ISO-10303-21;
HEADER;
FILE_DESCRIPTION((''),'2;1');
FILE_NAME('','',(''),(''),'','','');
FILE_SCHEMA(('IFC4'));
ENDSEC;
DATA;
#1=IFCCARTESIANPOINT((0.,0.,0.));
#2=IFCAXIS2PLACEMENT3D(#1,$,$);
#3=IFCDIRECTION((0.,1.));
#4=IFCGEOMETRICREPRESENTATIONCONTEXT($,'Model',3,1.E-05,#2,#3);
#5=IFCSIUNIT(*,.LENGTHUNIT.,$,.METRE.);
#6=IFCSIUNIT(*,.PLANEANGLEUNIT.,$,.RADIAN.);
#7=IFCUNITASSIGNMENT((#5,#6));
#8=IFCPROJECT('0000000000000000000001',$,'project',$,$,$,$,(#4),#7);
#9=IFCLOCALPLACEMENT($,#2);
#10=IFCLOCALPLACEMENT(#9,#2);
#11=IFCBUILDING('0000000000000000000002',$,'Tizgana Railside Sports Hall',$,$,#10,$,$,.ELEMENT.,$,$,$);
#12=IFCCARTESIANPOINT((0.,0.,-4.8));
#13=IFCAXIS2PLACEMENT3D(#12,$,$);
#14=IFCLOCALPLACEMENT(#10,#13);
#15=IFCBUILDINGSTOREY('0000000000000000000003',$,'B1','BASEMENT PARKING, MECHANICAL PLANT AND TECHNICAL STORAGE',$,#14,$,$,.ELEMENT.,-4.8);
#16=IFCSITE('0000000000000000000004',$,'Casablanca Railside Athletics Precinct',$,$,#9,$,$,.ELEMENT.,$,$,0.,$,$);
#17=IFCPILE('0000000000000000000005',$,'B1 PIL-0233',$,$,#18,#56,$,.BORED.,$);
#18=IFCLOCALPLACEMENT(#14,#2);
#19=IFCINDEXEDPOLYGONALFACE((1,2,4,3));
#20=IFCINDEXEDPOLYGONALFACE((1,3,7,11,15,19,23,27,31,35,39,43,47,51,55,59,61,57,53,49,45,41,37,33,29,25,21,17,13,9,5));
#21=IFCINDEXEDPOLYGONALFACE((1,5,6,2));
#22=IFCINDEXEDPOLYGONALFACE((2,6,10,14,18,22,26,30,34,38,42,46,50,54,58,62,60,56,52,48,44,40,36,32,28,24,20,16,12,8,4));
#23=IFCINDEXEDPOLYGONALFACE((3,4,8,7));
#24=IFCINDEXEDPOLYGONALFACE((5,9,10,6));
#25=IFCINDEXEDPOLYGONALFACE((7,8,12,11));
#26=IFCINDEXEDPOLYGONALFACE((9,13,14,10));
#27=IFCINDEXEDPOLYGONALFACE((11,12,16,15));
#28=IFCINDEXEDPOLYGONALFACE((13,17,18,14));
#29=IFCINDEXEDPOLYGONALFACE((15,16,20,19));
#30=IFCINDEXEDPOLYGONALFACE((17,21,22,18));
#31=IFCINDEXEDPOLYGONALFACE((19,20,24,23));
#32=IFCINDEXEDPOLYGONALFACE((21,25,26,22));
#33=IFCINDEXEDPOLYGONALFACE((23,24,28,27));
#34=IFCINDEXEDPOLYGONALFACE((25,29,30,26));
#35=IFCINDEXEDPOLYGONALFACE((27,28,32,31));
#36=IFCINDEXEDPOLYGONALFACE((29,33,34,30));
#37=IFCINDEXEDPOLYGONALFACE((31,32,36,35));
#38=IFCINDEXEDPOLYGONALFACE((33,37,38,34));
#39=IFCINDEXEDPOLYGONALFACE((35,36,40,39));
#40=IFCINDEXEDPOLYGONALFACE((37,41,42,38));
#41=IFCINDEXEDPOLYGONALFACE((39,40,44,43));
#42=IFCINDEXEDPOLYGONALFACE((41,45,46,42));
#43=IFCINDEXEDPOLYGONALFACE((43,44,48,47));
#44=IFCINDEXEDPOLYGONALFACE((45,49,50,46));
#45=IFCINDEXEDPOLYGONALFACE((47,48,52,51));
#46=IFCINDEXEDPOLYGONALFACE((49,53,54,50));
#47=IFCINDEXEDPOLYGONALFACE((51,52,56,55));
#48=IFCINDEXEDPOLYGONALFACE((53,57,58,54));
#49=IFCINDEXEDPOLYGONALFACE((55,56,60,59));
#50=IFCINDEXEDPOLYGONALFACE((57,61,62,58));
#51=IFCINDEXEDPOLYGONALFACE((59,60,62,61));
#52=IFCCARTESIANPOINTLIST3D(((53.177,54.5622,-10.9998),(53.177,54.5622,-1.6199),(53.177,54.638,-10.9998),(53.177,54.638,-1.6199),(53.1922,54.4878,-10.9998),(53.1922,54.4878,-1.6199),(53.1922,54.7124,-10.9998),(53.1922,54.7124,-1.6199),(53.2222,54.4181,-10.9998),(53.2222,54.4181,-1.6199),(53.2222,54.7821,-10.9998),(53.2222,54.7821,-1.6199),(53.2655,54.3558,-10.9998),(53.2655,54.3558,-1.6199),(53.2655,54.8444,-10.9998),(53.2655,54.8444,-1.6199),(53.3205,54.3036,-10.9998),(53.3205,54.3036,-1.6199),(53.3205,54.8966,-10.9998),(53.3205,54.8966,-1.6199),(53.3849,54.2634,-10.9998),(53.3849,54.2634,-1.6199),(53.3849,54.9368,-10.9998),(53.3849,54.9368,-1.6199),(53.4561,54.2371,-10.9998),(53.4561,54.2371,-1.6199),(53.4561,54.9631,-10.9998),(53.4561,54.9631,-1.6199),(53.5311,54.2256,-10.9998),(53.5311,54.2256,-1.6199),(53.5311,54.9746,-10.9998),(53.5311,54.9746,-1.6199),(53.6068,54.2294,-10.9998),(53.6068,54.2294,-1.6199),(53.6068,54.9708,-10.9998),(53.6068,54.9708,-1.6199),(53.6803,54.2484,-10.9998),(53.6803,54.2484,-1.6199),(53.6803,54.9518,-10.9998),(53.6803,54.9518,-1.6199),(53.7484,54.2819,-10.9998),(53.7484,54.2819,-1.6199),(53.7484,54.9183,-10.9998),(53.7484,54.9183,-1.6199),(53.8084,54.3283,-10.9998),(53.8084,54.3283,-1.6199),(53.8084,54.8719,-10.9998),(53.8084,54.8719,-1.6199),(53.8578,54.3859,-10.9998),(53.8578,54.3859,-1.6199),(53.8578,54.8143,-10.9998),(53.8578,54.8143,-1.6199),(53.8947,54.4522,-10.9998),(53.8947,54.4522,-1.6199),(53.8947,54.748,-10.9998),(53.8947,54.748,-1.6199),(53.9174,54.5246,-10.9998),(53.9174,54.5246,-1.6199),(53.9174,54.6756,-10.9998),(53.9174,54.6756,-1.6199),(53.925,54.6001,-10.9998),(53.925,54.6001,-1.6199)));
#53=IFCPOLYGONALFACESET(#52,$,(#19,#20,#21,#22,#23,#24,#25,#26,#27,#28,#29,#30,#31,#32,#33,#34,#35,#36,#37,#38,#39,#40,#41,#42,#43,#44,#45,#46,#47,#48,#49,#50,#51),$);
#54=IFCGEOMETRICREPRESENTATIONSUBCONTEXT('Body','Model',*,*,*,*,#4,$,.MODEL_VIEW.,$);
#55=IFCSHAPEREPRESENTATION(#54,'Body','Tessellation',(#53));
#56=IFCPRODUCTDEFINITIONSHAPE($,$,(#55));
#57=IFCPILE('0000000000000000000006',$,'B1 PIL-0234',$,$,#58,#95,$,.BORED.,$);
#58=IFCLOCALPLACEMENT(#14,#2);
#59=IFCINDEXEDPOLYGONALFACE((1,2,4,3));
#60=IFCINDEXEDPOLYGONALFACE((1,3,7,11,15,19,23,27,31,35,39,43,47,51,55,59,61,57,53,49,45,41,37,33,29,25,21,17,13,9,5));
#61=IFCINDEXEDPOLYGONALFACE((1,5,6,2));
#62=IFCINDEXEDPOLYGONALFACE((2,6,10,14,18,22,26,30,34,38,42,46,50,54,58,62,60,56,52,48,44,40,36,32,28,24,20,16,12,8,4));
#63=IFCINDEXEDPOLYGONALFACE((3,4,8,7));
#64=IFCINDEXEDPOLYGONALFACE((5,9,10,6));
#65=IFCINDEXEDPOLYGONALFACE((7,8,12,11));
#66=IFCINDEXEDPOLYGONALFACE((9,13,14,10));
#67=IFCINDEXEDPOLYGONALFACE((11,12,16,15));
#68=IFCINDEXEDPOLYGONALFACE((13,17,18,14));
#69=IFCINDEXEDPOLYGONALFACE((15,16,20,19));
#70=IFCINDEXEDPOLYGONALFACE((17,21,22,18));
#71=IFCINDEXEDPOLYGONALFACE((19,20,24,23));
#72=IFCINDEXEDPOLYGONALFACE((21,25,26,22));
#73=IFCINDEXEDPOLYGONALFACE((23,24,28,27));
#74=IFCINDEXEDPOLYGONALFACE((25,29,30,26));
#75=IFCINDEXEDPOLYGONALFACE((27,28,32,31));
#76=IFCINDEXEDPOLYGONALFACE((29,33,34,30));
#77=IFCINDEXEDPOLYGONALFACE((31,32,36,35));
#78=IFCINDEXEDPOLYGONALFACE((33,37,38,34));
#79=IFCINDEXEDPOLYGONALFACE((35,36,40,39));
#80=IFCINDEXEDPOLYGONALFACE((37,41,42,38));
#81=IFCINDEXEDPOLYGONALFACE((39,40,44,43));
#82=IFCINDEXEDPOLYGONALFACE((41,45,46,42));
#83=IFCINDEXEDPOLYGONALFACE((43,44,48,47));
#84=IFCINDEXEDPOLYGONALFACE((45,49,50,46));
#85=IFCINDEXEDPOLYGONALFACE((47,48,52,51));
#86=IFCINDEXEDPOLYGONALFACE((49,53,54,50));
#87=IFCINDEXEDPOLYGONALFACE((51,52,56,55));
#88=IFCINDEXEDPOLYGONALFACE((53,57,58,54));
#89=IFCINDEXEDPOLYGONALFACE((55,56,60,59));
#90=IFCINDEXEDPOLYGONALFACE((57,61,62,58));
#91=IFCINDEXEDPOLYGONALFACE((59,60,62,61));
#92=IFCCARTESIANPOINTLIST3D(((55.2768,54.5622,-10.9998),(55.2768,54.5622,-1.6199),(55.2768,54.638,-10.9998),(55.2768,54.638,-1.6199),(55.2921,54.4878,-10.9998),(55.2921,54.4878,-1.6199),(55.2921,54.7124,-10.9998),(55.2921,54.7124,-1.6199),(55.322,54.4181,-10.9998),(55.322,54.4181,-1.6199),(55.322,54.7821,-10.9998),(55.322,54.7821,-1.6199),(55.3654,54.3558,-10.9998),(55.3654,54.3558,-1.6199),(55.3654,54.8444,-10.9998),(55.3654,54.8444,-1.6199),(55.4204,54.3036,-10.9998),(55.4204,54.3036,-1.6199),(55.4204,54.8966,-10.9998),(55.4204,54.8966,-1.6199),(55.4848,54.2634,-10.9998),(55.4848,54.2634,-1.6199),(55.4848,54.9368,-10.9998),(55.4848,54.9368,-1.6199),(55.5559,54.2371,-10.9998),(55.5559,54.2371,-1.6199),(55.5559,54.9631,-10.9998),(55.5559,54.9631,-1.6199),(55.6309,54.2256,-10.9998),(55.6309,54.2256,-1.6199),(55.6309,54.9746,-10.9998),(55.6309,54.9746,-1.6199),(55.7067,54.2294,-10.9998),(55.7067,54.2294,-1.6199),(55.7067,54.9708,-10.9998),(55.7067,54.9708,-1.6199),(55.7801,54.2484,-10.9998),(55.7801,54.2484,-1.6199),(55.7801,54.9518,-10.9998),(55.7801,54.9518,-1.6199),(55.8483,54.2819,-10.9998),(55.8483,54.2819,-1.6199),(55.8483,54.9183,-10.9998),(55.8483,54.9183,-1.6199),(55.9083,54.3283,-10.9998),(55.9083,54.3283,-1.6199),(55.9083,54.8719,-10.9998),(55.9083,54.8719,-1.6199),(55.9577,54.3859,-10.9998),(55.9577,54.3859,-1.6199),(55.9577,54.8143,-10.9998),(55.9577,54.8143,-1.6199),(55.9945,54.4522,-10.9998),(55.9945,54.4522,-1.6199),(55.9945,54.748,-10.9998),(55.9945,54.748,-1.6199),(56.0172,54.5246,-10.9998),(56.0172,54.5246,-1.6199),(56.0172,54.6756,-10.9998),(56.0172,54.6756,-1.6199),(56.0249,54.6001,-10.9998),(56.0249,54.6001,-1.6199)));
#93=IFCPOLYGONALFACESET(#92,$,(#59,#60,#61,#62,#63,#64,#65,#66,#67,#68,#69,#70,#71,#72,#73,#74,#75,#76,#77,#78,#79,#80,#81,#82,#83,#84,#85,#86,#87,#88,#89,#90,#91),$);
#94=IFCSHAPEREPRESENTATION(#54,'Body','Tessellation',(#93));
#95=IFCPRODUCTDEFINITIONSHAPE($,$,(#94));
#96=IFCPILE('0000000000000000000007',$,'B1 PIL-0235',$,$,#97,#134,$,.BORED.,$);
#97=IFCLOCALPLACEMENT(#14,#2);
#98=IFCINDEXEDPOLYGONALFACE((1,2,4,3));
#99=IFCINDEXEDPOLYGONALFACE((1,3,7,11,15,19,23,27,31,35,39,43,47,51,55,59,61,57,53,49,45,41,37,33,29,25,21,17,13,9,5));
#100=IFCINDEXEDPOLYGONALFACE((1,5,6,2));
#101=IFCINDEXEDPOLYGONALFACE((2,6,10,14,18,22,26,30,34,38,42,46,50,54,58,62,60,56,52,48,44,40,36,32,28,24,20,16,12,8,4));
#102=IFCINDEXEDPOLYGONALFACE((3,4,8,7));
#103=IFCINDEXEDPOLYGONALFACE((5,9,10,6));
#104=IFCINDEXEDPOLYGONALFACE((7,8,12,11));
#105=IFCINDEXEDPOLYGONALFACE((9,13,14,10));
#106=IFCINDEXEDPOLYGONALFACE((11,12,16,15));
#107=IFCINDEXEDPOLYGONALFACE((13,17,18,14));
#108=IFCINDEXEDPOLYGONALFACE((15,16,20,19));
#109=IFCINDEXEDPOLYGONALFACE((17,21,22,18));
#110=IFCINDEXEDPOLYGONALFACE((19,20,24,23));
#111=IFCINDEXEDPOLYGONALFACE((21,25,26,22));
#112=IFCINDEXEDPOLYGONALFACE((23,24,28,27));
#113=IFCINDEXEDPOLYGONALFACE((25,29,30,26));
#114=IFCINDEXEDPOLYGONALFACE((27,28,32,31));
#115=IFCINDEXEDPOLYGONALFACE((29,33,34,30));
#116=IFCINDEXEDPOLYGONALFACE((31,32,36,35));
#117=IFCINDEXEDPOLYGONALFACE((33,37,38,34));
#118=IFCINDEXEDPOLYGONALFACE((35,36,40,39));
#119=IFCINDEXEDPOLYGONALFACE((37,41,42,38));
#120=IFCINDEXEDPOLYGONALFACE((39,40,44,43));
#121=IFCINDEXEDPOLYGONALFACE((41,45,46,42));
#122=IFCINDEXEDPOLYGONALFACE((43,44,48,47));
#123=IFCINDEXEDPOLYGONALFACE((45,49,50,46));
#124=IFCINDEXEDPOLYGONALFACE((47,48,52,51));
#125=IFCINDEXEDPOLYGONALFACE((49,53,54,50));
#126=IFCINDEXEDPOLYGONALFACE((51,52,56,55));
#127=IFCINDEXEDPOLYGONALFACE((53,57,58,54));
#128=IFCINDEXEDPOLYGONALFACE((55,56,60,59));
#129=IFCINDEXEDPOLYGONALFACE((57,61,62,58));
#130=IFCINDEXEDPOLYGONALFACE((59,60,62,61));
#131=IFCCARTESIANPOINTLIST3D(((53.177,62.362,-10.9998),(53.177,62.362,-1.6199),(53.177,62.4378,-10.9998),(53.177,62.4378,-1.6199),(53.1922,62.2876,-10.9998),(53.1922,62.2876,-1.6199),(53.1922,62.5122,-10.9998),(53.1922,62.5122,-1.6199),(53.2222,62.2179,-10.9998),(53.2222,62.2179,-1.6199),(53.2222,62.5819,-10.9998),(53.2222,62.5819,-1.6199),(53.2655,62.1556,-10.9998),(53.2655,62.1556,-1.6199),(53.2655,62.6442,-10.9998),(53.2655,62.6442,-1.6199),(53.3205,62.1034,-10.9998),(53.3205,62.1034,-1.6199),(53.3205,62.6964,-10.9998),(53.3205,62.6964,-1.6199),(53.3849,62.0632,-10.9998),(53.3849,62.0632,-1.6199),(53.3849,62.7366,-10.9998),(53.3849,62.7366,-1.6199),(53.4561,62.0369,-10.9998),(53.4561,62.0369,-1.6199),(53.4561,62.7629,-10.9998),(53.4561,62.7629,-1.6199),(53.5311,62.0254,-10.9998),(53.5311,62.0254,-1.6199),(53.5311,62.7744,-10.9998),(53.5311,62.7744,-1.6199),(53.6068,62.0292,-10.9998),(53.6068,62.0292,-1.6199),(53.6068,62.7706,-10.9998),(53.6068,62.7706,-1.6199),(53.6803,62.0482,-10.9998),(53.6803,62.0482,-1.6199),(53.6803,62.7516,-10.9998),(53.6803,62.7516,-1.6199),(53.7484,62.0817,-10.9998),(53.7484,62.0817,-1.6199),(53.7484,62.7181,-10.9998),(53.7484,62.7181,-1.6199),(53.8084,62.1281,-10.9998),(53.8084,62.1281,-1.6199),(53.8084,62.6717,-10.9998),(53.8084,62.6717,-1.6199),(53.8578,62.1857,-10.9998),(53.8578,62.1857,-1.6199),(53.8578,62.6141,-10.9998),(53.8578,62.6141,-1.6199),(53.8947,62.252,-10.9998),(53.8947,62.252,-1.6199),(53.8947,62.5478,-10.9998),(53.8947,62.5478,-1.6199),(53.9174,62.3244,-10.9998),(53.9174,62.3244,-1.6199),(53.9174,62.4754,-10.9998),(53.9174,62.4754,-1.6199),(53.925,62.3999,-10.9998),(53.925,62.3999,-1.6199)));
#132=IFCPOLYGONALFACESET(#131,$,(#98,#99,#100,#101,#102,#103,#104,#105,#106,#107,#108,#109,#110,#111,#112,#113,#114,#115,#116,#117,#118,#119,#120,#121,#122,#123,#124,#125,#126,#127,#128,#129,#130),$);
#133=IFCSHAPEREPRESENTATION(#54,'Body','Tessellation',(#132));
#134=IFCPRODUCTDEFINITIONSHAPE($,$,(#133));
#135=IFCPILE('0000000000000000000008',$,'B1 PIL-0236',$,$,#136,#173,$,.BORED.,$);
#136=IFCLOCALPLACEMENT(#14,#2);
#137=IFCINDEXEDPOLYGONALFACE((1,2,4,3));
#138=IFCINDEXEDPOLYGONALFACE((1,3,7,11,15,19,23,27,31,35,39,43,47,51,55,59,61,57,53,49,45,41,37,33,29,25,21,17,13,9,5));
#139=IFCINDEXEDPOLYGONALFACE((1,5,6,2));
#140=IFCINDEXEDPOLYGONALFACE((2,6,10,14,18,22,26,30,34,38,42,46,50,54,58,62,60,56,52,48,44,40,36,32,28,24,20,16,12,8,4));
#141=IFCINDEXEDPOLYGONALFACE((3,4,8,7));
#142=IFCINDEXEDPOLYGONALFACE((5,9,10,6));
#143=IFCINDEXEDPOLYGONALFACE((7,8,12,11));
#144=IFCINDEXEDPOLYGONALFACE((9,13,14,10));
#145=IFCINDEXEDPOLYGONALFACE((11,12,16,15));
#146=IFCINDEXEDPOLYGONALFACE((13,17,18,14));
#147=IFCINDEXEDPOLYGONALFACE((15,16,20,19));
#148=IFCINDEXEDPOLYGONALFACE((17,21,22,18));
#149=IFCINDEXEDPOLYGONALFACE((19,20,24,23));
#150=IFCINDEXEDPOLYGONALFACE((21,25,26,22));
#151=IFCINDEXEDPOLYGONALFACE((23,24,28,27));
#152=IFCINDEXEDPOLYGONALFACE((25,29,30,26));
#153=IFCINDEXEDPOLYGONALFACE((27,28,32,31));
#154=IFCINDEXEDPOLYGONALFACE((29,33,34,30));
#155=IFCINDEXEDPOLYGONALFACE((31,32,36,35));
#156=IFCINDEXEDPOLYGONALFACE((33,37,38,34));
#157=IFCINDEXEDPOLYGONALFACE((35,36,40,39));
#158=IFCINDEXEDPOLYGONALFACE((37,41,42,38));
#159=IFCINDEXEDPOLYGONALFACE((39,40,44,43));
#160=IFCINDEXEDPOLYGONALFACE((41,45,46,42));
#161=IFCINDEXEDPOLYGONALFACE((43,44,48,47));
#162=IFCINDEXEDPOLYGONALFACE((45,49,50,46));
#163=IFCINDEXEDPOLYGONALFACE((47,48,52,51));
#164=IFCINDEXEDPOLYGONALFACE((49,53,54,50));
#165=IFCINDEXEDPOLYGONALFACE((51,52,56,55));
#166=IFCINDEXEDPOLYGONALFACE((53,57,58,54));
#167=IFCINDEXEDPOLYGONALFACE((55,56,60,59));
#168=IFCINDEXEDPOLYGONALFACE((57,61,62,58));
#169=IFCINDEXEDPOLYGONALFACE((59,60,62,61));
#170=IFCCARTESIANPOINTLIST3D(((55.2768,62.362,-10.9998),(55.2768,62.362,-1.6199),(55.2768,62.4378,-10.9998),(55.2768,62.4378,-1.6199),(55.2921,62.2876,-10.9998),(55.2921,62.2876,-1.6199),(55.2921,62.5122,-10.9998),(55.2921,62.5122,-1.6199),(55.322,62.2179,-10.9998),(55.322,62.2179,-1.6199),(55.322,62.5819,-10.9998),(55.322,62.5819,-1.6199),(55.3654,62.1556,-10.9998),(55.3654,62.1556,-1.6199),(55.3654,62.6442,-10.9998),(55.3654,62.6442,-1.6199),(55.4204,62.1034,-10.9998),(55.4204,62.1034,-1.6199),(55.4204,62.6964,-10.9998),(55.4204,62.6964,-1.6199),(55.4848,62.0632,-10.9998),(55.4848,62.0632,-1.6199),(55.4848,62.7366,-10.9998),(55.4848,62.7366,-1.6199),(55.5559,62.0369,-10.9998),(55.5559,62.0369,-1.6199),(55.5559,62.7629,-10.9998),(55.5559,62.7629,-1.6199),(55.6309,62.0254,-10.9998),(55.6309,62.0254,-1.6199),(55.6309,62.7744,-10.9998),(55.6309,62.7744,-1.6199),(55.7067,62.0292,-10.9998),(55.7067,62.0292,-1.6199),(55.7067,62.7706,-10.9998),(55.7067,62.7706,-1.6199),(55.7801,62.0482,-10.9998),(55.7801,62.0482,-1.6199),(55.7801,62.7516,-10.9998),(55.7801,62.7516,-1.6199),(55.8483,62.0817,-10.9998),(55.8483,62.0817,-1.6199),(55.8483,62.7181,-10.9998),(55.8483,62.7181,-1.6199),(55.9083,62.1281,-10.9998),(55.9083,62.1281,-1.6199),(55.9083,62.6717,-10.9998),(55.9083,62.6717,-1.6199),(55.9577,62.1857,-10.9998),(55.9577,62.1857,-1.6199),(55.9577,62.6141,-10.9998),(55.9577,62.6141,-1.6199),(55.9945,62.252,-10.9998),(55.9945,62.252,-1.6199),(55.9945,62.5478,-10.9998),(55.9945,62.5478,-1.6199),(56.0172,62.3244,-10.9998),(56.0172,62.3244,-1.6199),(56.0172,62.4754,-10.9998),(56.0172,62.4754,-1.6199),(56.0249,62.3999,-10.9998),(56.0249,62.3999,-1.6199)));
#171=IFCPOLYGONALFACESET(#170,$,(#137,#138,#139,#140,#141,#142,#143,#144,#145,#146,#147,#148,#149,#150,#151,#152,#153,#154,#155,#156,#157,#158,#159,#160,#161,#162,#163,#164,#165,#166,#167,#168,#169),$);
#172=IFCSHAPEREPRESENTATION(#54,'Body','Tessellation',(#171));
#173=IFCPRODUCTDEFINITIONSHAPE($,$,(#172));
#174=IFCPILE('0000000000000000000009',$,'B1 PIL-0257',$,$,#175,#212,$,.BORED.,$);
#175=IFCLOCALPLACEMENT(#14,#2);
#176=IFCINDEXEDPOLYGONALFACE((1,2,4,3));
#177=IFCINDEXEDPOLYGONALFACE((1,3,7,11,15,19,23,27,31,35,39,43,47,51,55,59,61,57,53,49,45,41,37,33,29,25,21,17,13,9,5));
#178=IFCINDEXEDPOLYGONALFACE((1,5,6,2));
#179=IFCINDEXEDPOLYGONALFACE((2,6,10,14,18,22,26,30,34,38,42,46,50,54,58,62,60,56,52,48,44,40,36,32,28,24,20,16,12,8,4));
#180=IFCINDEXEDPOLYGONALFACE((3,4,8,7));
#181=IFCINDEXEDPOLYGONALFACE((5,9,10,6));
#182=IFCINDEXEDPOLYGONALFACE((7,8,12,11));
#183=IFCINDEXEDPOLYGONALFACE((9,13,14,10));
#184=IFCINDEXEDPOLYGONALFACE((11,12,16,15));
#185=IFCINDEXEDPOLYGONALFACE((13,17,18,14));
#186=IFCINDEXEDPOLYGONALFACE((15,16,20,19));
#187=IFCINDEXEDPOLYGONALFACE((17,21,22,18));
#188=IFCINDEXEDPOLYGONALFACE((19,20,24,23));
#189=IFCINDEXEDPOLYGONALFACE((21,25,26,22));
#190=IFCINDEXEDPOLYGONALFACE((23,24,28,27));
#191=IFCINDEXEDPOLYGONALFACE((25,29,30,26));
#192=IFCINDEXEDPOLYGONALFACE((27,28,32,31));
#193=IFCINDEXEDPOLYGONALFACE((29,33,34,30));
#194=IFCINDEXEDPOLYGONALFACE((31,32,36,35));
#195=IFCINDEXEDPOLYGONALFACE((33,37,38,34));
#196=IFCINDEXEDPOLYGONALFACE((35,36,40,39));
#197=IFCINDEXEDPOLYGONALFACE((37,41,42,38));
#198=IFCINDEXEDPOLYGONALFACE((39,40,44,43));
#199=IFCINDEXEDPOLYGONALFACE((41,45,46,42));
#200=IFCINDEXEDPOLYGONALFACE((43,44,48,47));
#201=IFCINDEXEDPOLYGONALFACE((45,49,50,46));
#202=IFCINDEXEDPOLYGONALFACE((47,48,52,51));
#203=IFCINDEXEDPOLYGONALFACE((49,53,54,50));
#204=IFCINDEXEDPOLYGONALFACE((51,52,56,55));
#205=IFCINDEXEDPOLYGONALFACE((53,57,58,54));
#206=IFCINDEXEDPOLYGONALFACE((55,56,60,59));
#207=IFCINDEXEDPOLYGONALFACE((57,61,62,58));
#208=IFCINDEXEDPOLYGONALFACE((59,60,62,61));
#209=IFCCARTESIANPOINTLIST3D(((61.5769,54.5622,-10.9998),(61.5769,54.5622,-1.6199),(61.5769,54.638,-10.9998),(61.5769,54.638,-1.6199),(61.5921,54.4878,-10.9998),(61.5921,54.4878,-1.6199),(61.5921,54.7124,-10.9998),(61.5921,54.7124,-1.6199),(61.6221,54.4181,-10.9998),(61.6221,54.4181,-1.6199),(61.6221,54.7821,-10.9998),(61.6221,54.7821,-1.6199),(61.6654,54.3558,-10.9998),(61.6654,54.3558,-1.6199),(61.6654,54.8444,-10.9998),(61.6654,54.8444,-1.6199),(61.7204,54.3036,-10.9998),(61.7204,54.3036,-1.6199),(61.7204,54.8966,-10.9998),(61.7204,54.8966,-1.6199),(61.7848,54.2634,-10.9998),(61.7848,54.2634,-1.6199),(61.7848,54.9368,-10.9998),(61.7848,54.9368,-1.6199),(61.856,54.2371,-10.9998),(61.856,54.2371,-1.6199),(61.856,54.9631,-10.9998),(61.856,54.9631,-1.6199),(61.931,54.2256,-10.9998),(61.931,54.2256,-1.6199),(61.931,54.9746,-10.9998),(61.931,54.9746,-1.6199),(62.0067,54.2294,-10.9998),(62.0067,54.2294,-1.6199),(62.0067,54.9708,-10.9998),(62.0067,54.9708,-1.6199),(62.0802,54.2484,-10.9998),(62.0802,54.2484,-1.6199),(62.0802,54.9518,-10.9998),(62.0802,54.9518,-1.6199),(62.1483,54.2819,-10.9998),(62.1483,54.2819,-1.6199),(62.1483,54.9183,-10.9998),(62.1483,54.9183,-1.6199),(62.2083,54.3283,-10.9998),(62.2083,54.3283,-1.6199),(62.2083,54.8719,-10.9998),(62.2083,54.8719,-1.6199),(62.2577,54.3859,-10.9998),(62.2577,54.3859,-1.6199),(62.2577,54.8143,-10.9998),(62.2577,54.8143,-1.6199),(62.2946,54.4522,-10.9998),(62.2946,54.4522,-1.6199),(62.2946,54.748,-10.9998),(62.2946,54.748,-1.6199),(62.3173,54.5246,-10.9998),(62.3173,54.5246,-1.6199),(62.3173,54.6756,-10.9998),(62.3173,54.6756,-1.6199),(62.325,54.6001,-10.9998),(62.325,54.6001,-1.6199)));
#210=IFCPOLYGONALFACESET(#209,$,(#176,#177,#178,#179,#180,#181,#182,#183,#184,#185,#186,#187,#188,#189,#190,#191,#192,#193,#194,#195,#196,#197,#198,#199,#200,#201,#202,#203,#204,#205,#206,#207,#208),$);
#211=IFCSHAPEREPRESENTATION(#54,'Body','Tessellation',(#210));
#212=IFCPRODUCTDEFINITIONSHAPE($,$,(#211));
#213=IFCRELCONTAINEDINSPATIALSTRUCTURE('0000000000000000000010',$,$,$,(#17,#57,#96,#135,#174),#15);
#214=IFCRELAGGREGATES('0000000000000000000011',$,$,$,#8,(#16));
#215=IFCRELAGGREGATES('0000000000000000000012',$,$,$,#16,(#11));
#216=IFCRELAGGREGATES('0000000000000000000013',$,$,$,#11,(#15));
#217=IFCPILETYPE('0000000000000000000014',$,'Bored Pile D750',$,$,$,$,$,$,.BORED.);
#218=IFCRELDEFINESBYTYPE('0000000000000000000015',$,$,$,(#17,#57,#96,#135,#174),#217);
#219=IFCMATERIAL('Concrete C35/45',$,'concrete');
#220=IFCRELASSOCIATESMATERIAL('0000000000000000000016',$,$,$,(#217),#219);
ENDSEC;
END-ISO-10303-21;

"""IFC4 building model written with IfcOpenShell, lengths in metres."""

from ifc_helpers import new_model, si_unit, direction, frame, origin, origin_2d, place, context, subcontext, project, spatial, circle, extrude, material, material_profile, profile_set, type_object, element, save


model = new_model("IFC4")

# Units and contexts
model_context = context("Model", 3, precision=1e-05, world=origin(), true_north=direction((0.0, 1.0)))
body_context = subcontext(model_context, "Body", "Model", "MODEL_VIEW")
ifc_project = project(units=[si_unit("LENGTHUNIT", "METRE"), si_unit("PLANEANGLEUNIT", "RADIAN")], contexts=[model_context])

# Site, building, storey
site_placement = place(None, origin())
site = spatial("IfcSite", under=ifc_project, at=site_placement, Name="Casablanca Railside Athletics Precinct", CompositionType="ELEMENT", RefElevation=0.0)
building_placement = place(site_placement, origin())
building = spatial("IfcBuilding", under=site, at=building_placement, Name="Tizgana Railside Sports Hall", CompositionType="ELEMENT")
storey_placement = place(building_placement, frame((0.0, 0.0, -4.8)))
storey = spatial("IfcBuildingStorey", under=building, at=storey_placement, Name="B1", Description="BASEMENT PARKING, MECHANICAL PLANT AND TECHNICAL STORAGE", CompositionType="ELEMENT", Elevation=-4.8)

# Piles
ifc_material_1 = material(Name="Concrete C35/45", Category="concrete")
ifc_material_profile_1 = material_profile(ifc_material_1, circle(Radius=0.375, at=origin_2d()), Name="PILE D750")
ifc_profile_set_1 = profile_set([ifc_material_profile_1], Name="Concrete C35/45")
pile_type = type_object("IfcPileType", Name="Bored Pile D750", PredefinedType="BORED", material=ifc_profile_set_1)
for number, where, z_axis, x_axis, name in (
    (1, (53.55, 54.6001, -1.6199), (0.0, 0.0, -1.0), (1.0, 0.0, 0.0), "B1 PIL-0233"),
    (2, (55.6499, 54.6001, -1.6199), (0.0, 0.0, -1.0), (1.0, 0.0, 0.0), "B1 PIL-0234"),
    (3, (53.55, 62.3999, -1.6199), (0.0, 0.0, -1.0), (1.0, 0.0, 0.0), "B1 PIL-0235"),
    (4, (55.6499, 62.3999, -1.6199), (0.0, 0.0, -1.0), (1.0, 0.0, 0.0), "B1 PIL-0236"),
    (5, (61.95, 54.6001, -1.6199), (0.0, 0.0, -1.0), (1.0, 0.0, 0.0), "B1 PIL-0257"),
):
    element("IfcPile", number, at=place(storey_placement, frame(where, z_axis=z_axis, x_axis=x_axis)), inside=storey, type_object=pile_type, Name=name, PredefinedType="BORED", context=body_context, shape_type="SweptSolid", body=[
        extrude(circle(Radius=0.375, at=origin_2d()), origin(), (0.0, 0.0, 1.0), 9.3799),
    ])

save(model, "model.ifc")
